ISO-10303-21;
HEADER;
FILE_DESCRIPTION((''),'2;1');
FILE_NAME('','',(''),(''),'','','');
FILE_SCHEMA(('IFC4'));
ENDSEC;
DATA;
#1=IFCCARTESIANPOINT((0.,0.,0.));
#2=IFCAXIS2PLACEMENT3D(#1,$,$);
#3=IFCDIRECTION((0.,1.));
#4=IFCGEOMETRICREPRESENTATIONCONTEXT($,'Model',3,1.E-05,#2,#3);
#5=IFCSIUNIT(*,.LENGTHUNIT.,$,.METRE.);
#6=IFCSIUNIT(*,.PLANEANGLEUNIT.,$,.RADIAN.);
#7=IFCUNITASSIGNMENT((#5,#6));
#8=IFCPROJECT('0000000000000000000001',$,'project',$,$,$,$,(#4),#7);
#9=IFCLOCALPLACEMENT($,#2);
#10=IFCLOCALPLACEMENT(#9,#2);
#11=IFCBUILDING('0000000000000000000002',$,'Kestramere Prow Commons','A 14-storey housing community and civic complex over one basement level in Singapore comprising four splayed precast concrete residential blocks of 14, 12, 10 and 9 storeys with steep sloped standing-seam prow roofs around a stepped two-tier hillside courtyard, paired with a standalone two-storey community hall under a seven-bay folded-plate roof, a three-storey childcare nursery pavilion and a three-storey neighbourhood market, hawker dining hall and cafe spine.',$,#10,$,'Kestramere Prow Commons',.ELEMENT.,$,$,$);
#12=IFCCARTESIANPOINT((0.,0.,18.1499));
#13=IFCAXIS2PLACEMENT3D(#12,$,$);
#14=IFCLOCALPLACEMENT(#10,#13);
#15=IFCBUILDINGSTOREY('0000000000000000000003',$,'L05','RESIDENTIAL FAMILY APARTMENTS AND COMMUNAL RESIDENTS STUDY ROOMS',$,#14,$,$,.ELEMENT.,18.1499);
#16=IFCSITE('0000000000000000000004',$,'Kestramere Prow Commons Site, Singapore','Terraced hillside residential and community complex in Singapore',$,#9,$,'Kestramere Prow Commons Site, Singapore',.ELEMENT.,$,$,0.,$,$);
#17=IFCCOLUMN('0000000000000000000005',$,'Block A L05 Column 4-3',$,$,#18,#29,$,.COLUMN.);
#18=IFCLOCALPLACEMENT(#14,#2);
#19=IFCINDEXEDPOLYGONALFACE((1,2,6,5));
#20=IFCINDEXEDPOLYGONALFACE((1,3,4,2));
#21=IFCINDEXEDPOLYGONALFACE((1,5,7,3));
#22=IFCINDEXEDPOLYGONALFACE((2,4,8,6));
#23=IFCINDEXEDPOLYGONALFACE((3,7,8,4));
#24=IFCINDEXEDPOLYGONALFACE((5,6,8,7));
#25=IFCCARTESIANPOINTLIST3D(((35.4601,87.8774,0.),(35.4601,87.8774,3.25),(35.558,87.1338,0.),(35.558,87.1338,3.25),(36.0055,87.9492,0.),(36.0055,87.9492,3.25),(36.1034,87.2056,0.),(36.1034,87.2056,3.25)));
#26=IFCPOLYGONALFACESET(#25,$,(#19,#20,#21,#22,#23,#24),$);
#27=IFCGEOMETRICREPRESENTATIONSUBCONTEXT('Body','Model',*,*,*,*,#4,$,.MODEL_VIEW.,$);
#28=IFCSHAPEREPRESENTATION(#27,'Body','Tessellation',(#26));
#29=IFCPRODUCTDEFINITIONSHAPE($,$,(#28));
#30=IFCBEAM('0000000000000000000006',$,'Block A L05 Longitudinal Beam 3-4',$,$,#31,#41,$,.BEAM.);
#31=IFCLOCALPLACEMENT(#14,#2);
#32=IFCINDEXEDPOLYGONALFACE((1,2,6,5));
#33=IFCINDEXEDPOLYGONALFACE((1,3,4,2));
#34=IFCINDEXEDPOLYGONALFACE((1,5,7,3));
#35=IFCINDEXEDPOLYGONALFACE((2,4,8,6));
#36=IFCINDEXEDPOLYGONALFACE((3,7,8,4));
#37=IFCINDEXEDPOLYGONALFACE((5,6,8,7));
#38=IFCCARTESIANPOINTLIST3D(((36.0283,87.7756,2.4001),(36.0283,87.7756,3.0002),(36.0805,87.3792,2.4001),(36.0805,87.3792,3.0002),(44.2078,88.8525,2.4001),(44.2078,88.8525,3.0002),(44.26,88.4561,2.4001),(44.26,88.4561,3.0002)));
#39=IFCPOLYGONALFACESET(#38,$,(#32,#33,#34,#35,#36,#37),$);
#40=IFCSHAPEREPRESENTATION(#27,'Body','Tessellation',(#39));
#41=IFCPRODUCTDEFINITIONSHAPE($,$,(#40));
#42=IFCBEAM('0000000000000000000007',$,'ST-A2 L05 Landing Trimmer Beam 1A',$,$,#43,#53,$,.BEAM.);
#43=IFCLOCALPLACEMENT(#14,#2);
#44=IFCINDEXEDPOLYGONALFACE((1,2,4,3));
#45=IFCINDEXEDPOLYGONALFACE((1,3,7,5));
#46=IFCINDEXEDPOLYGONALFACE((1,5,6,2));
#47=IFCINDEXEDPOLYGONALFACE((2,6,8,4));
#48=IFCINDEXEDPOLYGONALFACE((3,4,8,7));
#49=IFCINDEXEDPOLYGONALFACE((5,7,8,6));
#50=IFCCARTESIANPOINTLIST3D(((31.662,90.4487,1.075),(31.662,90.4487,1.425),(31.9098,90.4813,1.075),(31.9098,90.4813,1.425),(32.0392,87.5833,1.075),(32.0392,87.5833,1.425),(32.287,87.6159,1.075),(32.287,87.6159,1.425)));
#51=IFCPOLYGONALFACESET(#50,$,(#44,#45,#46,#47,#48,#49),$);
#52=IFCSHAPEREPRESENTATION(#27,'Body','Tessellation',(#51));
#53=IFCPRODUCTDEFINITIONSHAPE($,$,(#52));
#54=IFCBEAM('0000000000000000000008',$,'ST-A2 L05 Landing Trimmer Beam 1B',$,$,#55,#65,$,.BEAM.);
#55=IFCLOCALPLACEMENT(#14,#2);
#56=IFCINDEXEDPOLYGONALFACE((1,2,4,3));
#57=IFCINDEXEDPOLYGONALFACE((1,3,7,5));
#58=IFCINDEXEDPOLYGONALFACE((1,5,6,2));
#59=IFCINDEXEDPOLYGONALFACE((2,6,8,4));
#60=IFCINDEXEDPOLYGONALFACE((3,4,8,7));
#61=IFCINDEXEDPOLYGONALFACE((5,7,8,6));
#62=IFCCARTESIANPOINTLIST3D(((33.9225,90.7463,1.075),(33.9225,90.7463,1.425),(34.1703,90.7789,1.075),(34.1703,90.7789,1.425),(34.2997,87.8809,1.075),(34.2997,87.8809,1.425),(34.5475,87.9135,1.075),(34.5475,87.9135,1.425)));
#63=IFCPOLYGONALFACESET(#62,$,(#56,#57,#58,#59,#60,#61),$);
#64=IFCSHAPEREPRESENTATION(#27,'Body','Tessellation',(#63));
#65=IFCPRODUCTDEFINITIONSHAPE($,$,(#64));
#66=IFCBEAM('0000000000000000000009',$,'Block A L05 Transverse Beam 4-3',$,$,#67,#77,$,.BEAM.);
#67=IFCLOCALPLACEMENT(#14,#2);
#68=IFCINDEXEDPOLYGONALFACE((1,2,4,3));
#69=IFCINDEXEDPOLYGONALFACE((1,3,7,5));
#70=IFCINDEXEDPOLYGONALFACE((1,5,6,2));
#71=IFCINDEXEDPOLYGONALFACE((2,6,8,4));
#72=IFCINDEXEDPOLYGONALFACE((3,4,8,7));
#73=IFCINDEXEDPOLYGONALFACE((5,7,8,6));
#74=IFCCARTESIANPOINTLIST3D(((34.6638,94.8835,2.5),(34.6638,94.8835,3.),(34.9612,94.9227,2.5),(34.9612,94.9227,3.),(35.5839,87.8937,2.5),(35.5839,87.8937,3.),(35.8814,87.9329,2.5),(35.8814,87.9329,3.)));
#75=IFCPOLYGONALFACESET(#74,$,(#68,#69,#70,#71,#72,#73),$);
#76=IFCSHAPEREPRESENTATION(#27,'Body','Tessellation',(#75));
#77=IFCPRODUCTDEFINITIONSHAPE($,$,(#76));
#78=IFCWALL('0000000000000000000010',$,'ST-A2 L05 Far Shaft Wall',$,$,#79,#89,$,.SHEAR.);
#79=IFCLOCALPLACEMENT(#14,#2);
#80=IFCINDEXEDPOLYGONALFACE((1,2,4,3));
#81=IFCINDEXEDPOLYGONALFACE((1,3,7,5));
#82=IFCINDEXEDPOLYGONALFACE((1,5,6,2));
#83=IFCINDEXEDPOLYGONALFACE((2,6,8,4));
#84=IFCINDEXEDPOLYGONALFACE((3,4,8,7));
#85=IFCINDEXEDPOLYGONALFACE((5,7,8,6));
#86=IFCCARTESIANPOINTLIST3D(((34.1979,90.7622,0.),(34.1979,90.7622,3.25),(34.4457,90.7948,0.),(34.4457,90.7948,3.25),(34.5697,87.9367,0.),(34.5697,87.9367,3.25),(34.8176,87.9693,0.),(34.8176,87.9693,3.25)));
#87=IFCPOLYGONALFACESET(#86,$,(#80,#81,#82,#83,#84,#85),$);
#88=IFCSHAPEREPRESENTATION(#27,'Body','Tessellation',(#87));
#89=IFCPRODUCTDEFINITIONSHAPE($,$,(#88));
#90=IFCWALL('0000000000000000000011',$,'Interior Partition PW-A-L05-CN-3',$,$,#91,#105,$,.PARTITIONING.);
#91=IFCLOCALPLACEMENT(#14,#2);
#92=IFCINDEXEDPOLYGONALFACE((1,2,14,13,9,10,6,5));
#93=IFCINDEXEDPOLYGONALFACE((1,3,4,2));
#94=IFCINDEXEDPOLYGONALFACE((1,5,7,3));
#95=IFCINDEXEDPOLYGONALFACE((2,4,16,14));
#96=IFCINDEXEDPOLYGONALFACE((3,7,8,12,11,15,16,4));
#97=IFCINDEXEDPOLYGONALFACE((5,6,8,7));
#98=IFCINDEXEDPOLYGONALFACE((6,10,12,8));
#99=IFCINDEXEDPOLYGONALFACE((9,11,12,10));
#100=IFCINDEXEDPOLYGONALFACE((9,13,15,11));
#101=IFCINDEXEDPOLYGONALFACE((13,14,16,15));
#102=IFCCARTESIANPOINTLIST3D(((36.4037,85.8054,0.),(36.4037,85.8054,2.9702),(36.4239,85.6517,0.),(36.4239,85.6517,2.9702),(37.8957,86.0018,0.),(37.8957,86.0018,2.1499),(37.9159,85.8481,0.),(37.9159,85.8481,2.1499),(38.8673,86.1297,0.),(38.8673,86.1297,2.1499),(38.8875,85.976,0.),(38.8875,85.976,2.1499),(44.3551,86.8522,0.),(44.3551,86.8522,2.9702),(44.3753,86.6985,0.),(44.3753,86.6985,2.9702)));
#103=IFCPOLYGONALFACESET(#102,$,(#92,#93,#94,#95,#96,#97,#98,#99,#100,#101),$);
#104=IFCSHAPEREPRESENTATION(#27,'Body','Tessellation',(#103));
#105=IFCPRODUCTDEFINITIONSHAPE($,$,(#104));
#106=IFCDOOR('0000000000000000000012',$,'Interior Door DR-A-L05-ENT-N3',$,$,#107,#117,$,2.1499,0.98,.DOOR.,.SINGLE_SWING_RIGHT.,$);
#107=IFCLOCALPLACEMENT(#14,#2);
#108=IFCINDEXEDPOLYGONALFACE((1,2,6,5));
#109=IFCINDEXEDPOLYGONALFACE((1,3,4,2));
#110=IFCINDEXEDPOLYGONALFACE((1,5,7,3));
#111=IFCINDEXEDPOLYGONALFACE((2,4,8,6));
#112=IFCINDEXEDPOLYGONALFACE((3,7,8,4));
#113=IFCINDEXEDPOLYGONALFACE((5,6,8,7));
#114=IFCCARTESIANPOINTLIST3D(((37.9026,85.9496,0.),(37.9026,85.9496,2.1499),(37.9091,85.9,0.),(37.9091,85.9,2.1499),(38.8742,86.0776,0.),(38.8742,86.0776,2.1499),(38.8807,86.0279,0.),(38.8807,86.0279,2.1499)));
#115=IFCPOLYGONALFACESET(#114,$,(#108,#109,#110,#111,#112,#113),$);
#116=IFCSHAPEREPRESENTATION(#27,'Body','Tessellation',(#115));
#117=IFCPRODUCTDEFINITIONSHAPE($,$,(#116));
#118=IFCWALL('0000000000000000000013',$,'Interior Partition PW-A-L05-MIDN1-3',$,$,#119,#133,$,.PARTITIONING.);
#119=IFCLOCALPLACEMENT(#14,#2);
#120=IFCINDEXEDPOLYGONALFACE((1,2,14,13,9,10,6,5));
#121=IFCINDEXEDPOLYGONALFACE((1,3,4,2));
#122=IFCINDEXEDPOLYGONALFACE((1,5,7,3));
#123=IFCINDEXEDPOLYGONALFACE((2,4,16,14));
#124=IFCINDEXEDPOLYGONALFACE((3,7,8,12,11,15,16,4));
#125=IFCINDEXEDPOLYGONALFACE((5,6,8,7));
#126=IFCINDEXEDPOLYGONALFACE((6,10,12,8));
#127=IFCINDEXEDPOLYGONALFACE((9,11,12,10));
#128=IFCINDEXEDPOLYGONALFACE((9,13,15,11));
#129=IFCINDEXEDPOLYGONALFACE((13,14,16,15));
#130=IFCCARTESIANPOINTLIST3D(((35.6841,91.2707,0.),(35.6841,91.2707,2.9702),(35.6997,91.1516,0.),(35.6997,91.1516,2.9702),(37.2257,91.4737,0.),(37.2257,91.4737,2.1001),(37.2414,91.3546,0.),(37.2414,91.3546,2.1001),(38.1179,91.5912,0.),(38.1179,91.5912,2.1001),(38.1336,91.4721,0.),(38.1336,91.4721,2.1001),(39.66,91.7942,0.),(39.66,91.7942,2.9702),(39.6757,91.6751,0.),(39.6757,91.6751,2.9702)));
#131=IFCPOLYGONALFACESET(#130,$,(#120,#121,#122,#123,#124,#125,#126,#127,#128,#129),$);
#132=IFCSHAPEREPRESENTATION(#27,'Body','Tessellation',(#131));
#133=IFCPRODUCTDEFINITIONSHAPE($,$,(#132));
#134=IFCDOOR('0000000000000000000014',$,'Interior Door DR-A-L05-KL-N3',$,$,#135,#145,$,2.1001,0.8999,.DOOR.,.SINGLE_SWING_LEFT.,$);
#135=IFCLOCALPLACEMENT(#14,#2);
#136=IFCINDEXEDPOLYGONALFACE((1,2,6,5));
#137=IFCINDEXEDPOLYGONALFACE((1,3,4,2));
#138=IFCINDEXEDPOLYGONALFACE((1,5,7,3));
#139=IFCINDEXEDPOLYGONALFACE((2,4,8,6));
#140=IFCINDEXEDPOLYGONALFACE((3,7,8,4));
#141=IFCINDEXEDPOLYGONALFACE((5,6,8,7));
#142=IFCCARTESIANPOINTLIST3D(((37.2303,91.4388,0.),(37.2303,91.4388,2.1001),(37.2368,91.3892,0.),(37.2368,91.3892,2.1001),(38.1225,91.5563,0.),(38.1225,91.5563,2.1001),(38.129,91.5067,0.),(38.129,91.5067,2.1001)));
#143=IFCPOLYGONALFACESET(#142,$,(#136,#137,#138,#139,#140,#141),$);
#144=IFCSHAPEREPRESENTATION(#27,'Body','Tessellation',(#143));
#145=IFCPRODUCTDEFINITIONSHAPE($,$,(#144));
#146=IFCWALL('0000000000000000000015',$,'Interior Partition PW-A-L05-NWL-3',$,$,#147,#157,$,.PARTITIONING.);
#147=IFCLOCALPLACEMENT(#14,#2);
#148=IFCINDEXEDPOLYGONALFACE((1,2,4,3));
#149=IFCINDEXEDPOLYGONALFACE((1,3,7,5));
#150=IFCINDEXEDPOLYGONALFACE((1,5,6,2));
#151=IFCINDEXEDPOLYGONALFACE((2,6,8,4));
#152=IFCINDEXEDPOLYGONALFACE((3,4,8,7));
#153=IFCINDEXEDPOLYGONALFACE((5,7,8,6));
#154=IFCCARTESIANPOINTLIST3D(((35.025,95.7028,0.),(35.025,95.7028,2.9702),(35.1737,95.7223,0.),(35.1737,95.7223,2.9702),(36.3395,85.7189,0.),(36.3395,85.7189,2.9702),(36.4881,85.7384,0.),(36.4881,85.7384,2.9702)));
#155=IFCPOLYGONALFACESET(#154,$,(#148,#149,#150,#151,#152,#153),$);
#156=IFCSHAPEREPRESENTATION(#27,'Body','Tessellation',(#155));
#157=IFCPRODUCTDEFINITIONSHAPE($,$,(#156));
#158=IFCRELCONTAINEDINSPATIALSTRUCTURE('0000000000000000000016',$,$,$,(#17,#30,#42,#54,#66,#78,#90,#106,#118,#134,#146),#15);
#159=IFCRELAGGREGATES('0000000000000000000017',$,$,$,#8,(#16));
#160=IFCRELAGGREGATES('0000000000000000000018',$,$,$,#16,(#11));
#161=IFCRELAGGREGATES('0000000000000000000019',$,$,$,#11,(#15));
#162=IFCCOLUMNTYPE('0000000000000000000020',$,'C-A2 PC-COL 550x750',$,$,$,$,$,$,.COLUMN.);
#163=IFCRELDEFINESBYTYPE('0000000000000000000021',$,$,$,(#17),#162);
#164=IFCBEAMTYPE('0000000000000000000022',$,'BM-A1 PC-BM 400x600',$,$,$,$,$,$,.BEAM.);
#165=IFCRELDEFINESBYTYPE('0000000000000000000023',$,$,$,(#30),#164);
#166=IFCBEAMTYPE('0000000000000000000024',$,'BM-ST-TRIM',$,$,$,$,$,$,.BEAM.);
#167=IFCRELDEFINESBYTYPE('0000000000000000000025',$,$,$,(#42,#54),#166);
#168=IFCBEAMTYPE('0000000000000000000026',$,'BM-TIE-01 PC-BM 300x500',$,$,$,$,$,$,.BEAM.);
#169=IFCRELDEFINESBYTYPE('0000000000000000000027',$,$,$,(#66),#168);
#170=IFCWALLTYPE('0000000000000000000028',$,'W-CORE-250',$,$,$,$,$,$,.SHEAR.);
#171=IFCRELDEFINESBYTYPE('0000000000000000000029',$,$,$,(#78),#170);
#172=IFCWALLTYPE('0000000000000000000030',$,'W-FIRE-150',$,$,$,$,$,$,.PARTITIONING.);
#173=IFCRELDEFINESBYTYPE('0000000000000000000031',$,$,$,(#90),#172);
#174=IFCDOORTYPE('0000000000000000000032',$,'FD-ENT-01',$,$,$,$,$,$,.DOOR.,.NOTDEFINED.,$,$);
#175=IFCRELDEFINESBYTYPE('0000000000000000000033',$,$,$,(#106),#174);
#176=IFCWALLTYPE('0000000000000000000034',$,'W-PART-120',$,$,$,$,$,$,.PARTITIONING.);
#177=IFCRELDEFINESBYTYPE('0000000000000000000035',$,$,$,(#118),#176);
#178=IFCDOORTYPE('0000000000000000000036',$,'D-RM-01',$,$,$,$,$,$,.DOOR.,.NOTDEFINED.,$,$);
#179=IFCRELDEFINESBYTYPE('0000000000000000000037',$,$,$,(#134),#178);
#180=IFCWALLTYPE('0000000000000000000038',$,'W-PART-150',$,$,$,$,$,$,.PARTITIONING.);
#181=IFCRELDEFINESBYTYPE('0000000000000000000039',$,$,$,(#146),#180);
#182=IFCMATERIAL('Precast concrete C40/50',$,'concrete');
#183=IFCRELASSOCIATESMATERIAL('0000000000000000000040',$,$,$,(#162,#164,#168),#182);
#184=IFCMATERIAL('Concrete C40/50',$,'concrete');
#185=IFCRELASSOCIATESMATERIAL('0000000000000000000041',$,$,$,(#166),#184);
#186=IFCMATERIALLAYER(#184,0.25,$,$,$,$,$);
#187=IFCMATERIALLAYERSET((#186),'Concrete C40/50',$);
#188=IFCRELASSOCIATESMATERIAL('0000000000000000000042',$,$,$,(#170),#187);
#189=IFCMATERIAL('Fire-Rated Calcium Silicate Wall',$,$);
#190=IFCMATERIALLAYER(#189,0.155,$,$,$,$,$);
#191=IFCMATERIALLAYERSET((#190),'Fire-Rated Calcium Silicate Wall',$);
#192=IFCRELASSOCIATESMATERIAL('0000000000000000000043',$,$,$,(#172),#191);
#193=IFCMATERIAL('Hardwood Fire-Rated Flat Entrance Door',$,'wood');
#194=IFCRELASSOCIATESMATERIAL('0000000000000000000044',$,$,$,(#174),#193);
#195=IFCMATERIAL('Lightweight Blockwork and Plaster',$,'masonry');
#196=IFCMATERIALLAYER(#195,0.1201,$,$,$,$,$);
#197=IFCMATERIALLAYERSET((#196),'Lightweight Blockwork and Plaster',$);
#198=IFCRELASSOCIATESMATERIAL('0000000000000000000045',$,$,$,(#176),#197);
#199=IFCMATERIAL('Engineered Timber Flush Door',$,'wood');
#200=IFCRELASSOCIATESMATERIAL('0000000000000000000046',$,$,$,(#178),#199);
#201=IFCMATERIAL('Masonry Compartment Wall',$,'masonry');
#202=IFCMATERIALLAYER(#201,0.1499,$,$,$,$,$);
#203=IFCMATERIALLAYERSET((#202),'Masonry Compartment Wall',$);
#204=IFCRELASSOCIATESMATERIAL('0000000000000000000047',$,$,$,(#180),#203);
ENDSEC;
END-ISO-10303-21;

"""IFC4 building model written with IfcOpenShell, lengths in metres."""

from ifc_helpers import new_model, si_unit, direction, frame, frame_2d, origin, origin_2d, place, context, subcontext, project, spatial, rectangle, extrude, material, layer, layer_set, material_profile, profile_set, type_object, element, fill, save


model = new_model("IFC4")

# Units and contexts
model_context = context("Model", 3, precision=1e-05, world=origin(), true_north=direction((0.0, 1.0)))
body_context = subcontext(model_context, "Body", "Model", "MODEL_VIEW")
ifc_project = project(units=[si_unit("LENGTHUNIT", "METRE"), si_unit("PLANEANGLEUNIT", "RADIAN")], contexts=[model_context])

# Site, building, storey
site_placement = place(None, origin())
site = spatial("IfcSite", under=ifc_project, at=site_placement, Name="Kestramere Prow Commons Site, Singapore", Description="Terraced hillside residential and community complex in Singapore", LongName="Kestramere Prow Commons Site, Singapore", CompositionType="ELEMENT", RefElevation=0.0)
building_placement = place(site_placement, origin())
building = spatial("IfcBuilding", under=site, at=building_placement, Name="Kestramere Prow Commons", Description="A 14-storey housing community and civic complex over one basement level in Singapore comprising four splayed precast concrete residential blocks of 14, 12, 10 and 9 storeys with steep sloped standing-seam prow roofs around a stepped two-tier hillside courtyard, paired with a standalone two-storey community hall under a seven-bay folded-plate roof, a three-storey childcare nursery pavilion and a three-storey neighbourhood market, hawker dining hall and cafe spine.", LongName="Kestramere Prow Commons", CompositionType="ELEMENT")
storey_placement = place(building_placement, frame((0.0, 0.0, 18.1499)))
storey = spatial("IfcBuildingStorey", under=building, at=storey_placement, Name="L05", Description="RESIDENTIAL FAMILY APARTMENTS AND COMMUNAL RESIDENTS STUDY ROOMS", CompositionType="ELEMENT", Elevation=18.1499)

# Column
ifc_material_1 = material(Name="Precast concrete C40/50", Category="concrete")
ifc_material_profile_1 = material_profile(ifc_material_1, rectangle(XDim=0.55, YDim=0.75, at=origin_2d()), Name="PC-COL 550x750")
ifc_profile_set_1 = profile_set([ifc_material_profile_1], Name="Precast concrete C40/50")
column_type = type_object("IfcColumnType", Name="C-A2 PC-COL 550x750", PredefinedType="COLUMN", material=ifc_profile_set_1)
column_placement = place(storey_placement, frame((35.7817, 87.5415, 0.0), z_axis=(0.0, 0.0, 1.0), x_axis=(0.991445, 0.130526, 0.0)))
element("IfcColumn", 1, at=column_placement, inside=storey, type_object=column_type, Name="Block A L05 Column 4-3", PredefinedType="COLUMN", context=body_context, shape_type="SweptSolid", body=[
    extrude(rectangle(XDim=0.55, YDim=0.75, at=origin_2d()), origin(), (0.0, 0.0, 1.0), 3.25),
])

# Beams
ifc_material_profile_2 = material_profile(ifc_material_1, rectangle(XDim=0.3999, YDim=0.6001, at=origin_2d()), Name="PC-BM 400x600")
ifc_profile_set_2 = profile_set([ifc_material_profile_2], Name="Precast concrete C40/50")
beam_type_1 = type_object("IfcBeamType", Name="BM-A1 PC-BM 400x600", PredefinedType="BEAM", material=ifc_profile_set_2)
beam_1_placement = place(storey_placement, frame((36.0544, 87.5774, 2.7002), z_axis=(0.991444, 0.130533, 0.0), x_axis=(-0.130533, 0.991444, 0.0)))
element("IfcBeam", 2, at=beam_1_placement, inside=storey, type_object=beam_type_1, Name="Block A L05 Longitudinal Beam 3-4", PredefinedType="BEAM", context=body_context, shape_type="SweptSolid", body=[
    extrude(rectangle(XDim=0.3999, YDim=0.6001, at=origin_2d()), origin(), (0.0, 0.0, 1.0), 8.25),
])
ifc_material_2 = material(Name="Concrete C40/50", Category="concrete")
ifc_material_profile_3 = material_profile(ifc_material_2, rectangle(XDim=0.25, YDim=0.3501, at=origin_2d()), Name="PC-BM 250x350")
ifc_profile_set_3 = profile_set([ifc_material_profile_3], Name="Concrete C40/50")
beam_type_2 = type_object("IfcBeamType", Name="BM-ST-TRIM", PredefinedType="BEAM", material=ifc_profile_set_3)
for number, where, z_axis, x_axis, name in (
    (3, (32.1631, 87.5996, 1.25), (-0.130509, 0.991447, 0.0), (-0.991447, -0.130509, 0.0), "ST-A2 L05 Landing Trimmer Beam 1A"),
    (4, (34.4236, 87.8972, 1.25), (-0.130509, 0.991447, 0.0), (-0.991447, -0.130509, 0.0), "ST-A2 L05 Landing Trimmer Beam 1B"),
):
    element("IfcBeam", number, at=place(storey_placement, frame(where, z_axis=z_axis, x_axis=x_axis)), inside=storey, type_object=beam_type_2, Name=name, PredefinedType="BEAM", context=body_context, shape_type="SweptSolid", body=[
        extrude(rectangle(XDim=0.25, YDim=0.3501, at=origin_2d()), origin(), (0.0, 0.0, 1.0), 2.8901),
    ])
ifc_material_profile_4 = material_profile(ifc_material_1, rectangle(XDim=0.3, YDim=0.5, at=origin_2d()), Name="PC-BM 300x500")
ifc_profile_set_4 = profile_set([ifc_material_profile_4], Name="Precast concrete C40/50")
beam_type_3 = type_object("IfcBeamType", Name="BM-TIE-01 PC-BM 300x500", PredefinedType="BEAM", material=ifc_profile_set_4)
beam_2_placement = place(storey_placement, frame((35.7327, 87.9133, 2.75), z_axis=(-0.130519, 0.991446, 0.0), x_axis=(-0.991446, -0.130519, 0.0)))
element("IfcBeam", 5, at=beam_2_placement, inside=storey, type_object=beam_type_3, Name="Block A L05 Transverse Beam 4-3", PredefinedType="BEAM", context=body_context, shape_type="SweptSolid", body=[
    extrude(rectangle(XDim=0.3, YDim=0.5, at=origin_2d()), origin(), (0.0, 0.0, 1.0), 7.05),
])

# Wall
ifc_layer_1 = layer(ifc_material_2, 0.25)
ifc_layer_set_1 = layer_set([ifc_layer_1], Name="Concrete C40/50")
wall_type_1 = type_object("IfcWallType", Name="W-CORE-250", PredefinedType="SHEAR", material=ifc_layer_set_1)
wall_1_placement = place(storey_placement, frame((34.6936, 87.9531, 0.0), z_axis=(0.0, 0.0, 1.0), x_axis=(-0.130474, 0.991452, 0.0)))
element("IfcWall", 6, at=wall_1_placement, inside=storey, type_object=wall_type_1, Name="ST-A2 L05 Far Shaft Wall", PredefinedType="SHEAR", context=body_context, shape_type="SweptSolid", body=[
    extrude(rectangle(XDim=2.8499, YDim=0.25, at=frame_2d((1.4248, 0.0))), origin(), (0.0, 0.0, 1.0), 3.25),
])

# Walls, openings, doors
ifc_material_3 = material(Name="Fire-Rated Calcium Silicate Wall")
ifc_layer_2 = layer(ifc_material_3, 0.155)
ifc_layer_set_2 = layer_set([ifc_layer_2], Name="Fire-Rated Calcium Silicate Wall")
wall_type_2 = type_object("IfcWallType", Name="W-FIRE-150", PredefinedType="PARTITIONING", material=ifc_layer_set_2)
wall_2_placement = place(storey_placement, frame((36.4138, 85.7285, 0.0), z_axis=(0.0, 0.0, 1.0), x_axis=(0.991444, 0.130532, 0.0)))
wall_2 = element("IfcWall", 7, at=wall_2_placement, inside=storey, type_object=wall_type_2, Name="Interior Partition PW-A-L05-CN-3", PredefinedType="PARTITIONING", context=body_context, shape_type="SweptSolid", body=[
    extrude(rectangle(XDim=8.02, YDim=0.155, at=frame_2d((4.01, 0.0))), origin(), (0.0, 0.0, 1.0), 2.9702),
])
opening_1_placement = place(wall_2_placement, frame((1.5049, 0.0, 0.0)))
opening_1 = element("IfcOpeningElement", 8, at=opening_1_placement, cuts=wall_2, PredefinedType="OPENING", context=body_context, shape_type="SweptSolid", body=[
    extrude(rectangle(XDim=0.98, YDim=2.1499, at=frame_2d((0.49, 1.075))), frame((0.0, 0.0925, 0.0), z_axis=(0.0, -1.0, 0.0), x_axis=(1.0, 0.0, 0.0)), (0.0, 0.0, 1.0), 0.1851),
])
ifc_material_4 = material(Name="Hardwood Fire-Rated Flat Entrance Door", Category="wood")
door_type_1 = type_object("IfcDoorType", Name="FD-ENT-01", OperationType="NOTDEFINED", PredefinedType="DOOR", material=ifc_material_4)
door_1_placement = place(opening_1_placement, origin())
door_1 = element("IfcDoor", 9, at=door_1_placement, inside=storey, type_object=door_type_1, Name="Interior Door DR-A-L05-ENT-N3", OperationType="SINGLE_SWING_RIGHT", OverallHeight=2.1499, OverallWidth=0.98, PredefinedType="DOOR", context=body_context, shape_type="SweptSolid", body=[
    extrude(rectangle(XDim=0.98, YDim=2.1499, at=frame_2d((0.49, 1.075))), frame((0.0, 0.0249, 0.0), z_axis=(0.0, -1.0, 0.0), x_axis=(1.0, 0.0, 0.0)), (0.0, 0.0, 1.0), 0.05),
])
fill(opening_1, door_1)
ifc_material_5 = material(Name="Lightweight Blockwork and Plaster", Category="masonry")
ifc_layer_3 = layer(ifc_material_5, 0.1201)
ifc_layer_set_3 = layer_set([ifc_layer_3], Name="Lightweight Blockwork and Plaster")
wall_type_3 = type_object("IfcWallType", Name="W-PART-120", PredefinedType="PARTITIONING", material=ifc_layer_set_3)
wall_3_placement = place(storey_placement, frame((35.6919, 91.2112, 0.0), z_axis=(0.0, 0.0, 1.0), x_axis=(0.991445, 0.130529, 0.0)))
wall_3 = element("IfcWall", 10, at=wall_3_placement, inside=storey, type_object=wall_type_3, Name="Interior Partition PW-A-L05-MIDN1-3", PredefinedType="PARTITIONING", context=body_context, shape_type="SweptSolid", body=[
    extrude(rectangle(XDim=4.0103, YDim=0.1201, at=frame_2d((2.0051, 0.0))), origin(), (0.0, 0.0, 1.0), 2.9702),
])
opening_2_placement = place(wall_3_placement, frame((1.5549, 0.0, 0.0)))
opening_2 = element("IfcOpeningElement", 11, at=opening_2_placement, cuts=wall_3, PredefinedType="OPENING", context=body_context, shape_type="SweptSolid", body=[
    extrude(rectangle(XDim=0.8999, YDim=2.1001, at=frame_2d((0.45, 1.05))), frame((0.0, 0.075, 0.0), z_axis=(0.0, -1.0, 0.0), x_axis=(1.0, 0.0, 0.0)), (0.0, 0.0, 1.0), 0.1501),
])
ifc_material_6 = material(Name="Engineered Timber Flush Door", Category="wood")
door_type_2 = type_object("IfcDoorType", Name="D-RM-01", OperationType="NOTDEFINED", PredefinedType="DOOR", material=ifc_material_6)
door_2_placement = place(opening_2_placement, origin())
door_2 = element("IfcDoor", 12, at=door_2_placement, inside=storey, type_object=door_type_2, Name="Interior Door DR-A-L05-KL-N3", OperationType="SINGLE_SWING_LEFT", OverallHeight=2.1001, OverallWidth=0.8999, PredefinedType="DOOR", context=body_context, shape_type="SweptSolid", body=[
    extrude(rectangle(XDim=0.8999, YDim=2.1001, at=frame_2d((0.45, 1.05))), frame((0.0, 0.0249, 0.0), z_axis=(0.0, -1.0, 0.0), x_axis=(1.0, 0.0, 0.0)), (0.0, 0.0, 1.0), 0.05),
])
fill(opening_2, door_2)

# Wall
ifc_material_7 = material(Name="Masonry Compartment Wall", Category="masonry")
ifc_layer_4 = layer(ifc_material_7, 0.1499)
ifc_layer_set_4 = layer_set([ifc_layer_4], Name="Masonry Compartment Wall")
wall_type_4 = type_object("IfcWallType", Name="W-PART-150", PredefinedType="PARTITIONING", material=ifc_layer_set_4)
wall_4_placement = place(storey_placement, frame((36.4138, 85.7285, 0.0), z_axis=(0.0, 0.0, 1.0), x_axis=(-0.130531, 0.991444, 0.0)))
element("IfcWall", 13, at=wall_4_placement, inside=storey, type_object=wall_type_4, Name="Interior Partition PW-A-L05-NWL-3", PredefinedType="PARTITIONING", context=body_context, shape_type="SweptSolid", body=[
    extrude(rectangle(XDim=10.0701, YDim=0.1499, at=frame_2d((5.0352, 0.0))), origin(), (0.0, 0.0, 1.0), 2.9702),
])

save(model, "model.ifc")
